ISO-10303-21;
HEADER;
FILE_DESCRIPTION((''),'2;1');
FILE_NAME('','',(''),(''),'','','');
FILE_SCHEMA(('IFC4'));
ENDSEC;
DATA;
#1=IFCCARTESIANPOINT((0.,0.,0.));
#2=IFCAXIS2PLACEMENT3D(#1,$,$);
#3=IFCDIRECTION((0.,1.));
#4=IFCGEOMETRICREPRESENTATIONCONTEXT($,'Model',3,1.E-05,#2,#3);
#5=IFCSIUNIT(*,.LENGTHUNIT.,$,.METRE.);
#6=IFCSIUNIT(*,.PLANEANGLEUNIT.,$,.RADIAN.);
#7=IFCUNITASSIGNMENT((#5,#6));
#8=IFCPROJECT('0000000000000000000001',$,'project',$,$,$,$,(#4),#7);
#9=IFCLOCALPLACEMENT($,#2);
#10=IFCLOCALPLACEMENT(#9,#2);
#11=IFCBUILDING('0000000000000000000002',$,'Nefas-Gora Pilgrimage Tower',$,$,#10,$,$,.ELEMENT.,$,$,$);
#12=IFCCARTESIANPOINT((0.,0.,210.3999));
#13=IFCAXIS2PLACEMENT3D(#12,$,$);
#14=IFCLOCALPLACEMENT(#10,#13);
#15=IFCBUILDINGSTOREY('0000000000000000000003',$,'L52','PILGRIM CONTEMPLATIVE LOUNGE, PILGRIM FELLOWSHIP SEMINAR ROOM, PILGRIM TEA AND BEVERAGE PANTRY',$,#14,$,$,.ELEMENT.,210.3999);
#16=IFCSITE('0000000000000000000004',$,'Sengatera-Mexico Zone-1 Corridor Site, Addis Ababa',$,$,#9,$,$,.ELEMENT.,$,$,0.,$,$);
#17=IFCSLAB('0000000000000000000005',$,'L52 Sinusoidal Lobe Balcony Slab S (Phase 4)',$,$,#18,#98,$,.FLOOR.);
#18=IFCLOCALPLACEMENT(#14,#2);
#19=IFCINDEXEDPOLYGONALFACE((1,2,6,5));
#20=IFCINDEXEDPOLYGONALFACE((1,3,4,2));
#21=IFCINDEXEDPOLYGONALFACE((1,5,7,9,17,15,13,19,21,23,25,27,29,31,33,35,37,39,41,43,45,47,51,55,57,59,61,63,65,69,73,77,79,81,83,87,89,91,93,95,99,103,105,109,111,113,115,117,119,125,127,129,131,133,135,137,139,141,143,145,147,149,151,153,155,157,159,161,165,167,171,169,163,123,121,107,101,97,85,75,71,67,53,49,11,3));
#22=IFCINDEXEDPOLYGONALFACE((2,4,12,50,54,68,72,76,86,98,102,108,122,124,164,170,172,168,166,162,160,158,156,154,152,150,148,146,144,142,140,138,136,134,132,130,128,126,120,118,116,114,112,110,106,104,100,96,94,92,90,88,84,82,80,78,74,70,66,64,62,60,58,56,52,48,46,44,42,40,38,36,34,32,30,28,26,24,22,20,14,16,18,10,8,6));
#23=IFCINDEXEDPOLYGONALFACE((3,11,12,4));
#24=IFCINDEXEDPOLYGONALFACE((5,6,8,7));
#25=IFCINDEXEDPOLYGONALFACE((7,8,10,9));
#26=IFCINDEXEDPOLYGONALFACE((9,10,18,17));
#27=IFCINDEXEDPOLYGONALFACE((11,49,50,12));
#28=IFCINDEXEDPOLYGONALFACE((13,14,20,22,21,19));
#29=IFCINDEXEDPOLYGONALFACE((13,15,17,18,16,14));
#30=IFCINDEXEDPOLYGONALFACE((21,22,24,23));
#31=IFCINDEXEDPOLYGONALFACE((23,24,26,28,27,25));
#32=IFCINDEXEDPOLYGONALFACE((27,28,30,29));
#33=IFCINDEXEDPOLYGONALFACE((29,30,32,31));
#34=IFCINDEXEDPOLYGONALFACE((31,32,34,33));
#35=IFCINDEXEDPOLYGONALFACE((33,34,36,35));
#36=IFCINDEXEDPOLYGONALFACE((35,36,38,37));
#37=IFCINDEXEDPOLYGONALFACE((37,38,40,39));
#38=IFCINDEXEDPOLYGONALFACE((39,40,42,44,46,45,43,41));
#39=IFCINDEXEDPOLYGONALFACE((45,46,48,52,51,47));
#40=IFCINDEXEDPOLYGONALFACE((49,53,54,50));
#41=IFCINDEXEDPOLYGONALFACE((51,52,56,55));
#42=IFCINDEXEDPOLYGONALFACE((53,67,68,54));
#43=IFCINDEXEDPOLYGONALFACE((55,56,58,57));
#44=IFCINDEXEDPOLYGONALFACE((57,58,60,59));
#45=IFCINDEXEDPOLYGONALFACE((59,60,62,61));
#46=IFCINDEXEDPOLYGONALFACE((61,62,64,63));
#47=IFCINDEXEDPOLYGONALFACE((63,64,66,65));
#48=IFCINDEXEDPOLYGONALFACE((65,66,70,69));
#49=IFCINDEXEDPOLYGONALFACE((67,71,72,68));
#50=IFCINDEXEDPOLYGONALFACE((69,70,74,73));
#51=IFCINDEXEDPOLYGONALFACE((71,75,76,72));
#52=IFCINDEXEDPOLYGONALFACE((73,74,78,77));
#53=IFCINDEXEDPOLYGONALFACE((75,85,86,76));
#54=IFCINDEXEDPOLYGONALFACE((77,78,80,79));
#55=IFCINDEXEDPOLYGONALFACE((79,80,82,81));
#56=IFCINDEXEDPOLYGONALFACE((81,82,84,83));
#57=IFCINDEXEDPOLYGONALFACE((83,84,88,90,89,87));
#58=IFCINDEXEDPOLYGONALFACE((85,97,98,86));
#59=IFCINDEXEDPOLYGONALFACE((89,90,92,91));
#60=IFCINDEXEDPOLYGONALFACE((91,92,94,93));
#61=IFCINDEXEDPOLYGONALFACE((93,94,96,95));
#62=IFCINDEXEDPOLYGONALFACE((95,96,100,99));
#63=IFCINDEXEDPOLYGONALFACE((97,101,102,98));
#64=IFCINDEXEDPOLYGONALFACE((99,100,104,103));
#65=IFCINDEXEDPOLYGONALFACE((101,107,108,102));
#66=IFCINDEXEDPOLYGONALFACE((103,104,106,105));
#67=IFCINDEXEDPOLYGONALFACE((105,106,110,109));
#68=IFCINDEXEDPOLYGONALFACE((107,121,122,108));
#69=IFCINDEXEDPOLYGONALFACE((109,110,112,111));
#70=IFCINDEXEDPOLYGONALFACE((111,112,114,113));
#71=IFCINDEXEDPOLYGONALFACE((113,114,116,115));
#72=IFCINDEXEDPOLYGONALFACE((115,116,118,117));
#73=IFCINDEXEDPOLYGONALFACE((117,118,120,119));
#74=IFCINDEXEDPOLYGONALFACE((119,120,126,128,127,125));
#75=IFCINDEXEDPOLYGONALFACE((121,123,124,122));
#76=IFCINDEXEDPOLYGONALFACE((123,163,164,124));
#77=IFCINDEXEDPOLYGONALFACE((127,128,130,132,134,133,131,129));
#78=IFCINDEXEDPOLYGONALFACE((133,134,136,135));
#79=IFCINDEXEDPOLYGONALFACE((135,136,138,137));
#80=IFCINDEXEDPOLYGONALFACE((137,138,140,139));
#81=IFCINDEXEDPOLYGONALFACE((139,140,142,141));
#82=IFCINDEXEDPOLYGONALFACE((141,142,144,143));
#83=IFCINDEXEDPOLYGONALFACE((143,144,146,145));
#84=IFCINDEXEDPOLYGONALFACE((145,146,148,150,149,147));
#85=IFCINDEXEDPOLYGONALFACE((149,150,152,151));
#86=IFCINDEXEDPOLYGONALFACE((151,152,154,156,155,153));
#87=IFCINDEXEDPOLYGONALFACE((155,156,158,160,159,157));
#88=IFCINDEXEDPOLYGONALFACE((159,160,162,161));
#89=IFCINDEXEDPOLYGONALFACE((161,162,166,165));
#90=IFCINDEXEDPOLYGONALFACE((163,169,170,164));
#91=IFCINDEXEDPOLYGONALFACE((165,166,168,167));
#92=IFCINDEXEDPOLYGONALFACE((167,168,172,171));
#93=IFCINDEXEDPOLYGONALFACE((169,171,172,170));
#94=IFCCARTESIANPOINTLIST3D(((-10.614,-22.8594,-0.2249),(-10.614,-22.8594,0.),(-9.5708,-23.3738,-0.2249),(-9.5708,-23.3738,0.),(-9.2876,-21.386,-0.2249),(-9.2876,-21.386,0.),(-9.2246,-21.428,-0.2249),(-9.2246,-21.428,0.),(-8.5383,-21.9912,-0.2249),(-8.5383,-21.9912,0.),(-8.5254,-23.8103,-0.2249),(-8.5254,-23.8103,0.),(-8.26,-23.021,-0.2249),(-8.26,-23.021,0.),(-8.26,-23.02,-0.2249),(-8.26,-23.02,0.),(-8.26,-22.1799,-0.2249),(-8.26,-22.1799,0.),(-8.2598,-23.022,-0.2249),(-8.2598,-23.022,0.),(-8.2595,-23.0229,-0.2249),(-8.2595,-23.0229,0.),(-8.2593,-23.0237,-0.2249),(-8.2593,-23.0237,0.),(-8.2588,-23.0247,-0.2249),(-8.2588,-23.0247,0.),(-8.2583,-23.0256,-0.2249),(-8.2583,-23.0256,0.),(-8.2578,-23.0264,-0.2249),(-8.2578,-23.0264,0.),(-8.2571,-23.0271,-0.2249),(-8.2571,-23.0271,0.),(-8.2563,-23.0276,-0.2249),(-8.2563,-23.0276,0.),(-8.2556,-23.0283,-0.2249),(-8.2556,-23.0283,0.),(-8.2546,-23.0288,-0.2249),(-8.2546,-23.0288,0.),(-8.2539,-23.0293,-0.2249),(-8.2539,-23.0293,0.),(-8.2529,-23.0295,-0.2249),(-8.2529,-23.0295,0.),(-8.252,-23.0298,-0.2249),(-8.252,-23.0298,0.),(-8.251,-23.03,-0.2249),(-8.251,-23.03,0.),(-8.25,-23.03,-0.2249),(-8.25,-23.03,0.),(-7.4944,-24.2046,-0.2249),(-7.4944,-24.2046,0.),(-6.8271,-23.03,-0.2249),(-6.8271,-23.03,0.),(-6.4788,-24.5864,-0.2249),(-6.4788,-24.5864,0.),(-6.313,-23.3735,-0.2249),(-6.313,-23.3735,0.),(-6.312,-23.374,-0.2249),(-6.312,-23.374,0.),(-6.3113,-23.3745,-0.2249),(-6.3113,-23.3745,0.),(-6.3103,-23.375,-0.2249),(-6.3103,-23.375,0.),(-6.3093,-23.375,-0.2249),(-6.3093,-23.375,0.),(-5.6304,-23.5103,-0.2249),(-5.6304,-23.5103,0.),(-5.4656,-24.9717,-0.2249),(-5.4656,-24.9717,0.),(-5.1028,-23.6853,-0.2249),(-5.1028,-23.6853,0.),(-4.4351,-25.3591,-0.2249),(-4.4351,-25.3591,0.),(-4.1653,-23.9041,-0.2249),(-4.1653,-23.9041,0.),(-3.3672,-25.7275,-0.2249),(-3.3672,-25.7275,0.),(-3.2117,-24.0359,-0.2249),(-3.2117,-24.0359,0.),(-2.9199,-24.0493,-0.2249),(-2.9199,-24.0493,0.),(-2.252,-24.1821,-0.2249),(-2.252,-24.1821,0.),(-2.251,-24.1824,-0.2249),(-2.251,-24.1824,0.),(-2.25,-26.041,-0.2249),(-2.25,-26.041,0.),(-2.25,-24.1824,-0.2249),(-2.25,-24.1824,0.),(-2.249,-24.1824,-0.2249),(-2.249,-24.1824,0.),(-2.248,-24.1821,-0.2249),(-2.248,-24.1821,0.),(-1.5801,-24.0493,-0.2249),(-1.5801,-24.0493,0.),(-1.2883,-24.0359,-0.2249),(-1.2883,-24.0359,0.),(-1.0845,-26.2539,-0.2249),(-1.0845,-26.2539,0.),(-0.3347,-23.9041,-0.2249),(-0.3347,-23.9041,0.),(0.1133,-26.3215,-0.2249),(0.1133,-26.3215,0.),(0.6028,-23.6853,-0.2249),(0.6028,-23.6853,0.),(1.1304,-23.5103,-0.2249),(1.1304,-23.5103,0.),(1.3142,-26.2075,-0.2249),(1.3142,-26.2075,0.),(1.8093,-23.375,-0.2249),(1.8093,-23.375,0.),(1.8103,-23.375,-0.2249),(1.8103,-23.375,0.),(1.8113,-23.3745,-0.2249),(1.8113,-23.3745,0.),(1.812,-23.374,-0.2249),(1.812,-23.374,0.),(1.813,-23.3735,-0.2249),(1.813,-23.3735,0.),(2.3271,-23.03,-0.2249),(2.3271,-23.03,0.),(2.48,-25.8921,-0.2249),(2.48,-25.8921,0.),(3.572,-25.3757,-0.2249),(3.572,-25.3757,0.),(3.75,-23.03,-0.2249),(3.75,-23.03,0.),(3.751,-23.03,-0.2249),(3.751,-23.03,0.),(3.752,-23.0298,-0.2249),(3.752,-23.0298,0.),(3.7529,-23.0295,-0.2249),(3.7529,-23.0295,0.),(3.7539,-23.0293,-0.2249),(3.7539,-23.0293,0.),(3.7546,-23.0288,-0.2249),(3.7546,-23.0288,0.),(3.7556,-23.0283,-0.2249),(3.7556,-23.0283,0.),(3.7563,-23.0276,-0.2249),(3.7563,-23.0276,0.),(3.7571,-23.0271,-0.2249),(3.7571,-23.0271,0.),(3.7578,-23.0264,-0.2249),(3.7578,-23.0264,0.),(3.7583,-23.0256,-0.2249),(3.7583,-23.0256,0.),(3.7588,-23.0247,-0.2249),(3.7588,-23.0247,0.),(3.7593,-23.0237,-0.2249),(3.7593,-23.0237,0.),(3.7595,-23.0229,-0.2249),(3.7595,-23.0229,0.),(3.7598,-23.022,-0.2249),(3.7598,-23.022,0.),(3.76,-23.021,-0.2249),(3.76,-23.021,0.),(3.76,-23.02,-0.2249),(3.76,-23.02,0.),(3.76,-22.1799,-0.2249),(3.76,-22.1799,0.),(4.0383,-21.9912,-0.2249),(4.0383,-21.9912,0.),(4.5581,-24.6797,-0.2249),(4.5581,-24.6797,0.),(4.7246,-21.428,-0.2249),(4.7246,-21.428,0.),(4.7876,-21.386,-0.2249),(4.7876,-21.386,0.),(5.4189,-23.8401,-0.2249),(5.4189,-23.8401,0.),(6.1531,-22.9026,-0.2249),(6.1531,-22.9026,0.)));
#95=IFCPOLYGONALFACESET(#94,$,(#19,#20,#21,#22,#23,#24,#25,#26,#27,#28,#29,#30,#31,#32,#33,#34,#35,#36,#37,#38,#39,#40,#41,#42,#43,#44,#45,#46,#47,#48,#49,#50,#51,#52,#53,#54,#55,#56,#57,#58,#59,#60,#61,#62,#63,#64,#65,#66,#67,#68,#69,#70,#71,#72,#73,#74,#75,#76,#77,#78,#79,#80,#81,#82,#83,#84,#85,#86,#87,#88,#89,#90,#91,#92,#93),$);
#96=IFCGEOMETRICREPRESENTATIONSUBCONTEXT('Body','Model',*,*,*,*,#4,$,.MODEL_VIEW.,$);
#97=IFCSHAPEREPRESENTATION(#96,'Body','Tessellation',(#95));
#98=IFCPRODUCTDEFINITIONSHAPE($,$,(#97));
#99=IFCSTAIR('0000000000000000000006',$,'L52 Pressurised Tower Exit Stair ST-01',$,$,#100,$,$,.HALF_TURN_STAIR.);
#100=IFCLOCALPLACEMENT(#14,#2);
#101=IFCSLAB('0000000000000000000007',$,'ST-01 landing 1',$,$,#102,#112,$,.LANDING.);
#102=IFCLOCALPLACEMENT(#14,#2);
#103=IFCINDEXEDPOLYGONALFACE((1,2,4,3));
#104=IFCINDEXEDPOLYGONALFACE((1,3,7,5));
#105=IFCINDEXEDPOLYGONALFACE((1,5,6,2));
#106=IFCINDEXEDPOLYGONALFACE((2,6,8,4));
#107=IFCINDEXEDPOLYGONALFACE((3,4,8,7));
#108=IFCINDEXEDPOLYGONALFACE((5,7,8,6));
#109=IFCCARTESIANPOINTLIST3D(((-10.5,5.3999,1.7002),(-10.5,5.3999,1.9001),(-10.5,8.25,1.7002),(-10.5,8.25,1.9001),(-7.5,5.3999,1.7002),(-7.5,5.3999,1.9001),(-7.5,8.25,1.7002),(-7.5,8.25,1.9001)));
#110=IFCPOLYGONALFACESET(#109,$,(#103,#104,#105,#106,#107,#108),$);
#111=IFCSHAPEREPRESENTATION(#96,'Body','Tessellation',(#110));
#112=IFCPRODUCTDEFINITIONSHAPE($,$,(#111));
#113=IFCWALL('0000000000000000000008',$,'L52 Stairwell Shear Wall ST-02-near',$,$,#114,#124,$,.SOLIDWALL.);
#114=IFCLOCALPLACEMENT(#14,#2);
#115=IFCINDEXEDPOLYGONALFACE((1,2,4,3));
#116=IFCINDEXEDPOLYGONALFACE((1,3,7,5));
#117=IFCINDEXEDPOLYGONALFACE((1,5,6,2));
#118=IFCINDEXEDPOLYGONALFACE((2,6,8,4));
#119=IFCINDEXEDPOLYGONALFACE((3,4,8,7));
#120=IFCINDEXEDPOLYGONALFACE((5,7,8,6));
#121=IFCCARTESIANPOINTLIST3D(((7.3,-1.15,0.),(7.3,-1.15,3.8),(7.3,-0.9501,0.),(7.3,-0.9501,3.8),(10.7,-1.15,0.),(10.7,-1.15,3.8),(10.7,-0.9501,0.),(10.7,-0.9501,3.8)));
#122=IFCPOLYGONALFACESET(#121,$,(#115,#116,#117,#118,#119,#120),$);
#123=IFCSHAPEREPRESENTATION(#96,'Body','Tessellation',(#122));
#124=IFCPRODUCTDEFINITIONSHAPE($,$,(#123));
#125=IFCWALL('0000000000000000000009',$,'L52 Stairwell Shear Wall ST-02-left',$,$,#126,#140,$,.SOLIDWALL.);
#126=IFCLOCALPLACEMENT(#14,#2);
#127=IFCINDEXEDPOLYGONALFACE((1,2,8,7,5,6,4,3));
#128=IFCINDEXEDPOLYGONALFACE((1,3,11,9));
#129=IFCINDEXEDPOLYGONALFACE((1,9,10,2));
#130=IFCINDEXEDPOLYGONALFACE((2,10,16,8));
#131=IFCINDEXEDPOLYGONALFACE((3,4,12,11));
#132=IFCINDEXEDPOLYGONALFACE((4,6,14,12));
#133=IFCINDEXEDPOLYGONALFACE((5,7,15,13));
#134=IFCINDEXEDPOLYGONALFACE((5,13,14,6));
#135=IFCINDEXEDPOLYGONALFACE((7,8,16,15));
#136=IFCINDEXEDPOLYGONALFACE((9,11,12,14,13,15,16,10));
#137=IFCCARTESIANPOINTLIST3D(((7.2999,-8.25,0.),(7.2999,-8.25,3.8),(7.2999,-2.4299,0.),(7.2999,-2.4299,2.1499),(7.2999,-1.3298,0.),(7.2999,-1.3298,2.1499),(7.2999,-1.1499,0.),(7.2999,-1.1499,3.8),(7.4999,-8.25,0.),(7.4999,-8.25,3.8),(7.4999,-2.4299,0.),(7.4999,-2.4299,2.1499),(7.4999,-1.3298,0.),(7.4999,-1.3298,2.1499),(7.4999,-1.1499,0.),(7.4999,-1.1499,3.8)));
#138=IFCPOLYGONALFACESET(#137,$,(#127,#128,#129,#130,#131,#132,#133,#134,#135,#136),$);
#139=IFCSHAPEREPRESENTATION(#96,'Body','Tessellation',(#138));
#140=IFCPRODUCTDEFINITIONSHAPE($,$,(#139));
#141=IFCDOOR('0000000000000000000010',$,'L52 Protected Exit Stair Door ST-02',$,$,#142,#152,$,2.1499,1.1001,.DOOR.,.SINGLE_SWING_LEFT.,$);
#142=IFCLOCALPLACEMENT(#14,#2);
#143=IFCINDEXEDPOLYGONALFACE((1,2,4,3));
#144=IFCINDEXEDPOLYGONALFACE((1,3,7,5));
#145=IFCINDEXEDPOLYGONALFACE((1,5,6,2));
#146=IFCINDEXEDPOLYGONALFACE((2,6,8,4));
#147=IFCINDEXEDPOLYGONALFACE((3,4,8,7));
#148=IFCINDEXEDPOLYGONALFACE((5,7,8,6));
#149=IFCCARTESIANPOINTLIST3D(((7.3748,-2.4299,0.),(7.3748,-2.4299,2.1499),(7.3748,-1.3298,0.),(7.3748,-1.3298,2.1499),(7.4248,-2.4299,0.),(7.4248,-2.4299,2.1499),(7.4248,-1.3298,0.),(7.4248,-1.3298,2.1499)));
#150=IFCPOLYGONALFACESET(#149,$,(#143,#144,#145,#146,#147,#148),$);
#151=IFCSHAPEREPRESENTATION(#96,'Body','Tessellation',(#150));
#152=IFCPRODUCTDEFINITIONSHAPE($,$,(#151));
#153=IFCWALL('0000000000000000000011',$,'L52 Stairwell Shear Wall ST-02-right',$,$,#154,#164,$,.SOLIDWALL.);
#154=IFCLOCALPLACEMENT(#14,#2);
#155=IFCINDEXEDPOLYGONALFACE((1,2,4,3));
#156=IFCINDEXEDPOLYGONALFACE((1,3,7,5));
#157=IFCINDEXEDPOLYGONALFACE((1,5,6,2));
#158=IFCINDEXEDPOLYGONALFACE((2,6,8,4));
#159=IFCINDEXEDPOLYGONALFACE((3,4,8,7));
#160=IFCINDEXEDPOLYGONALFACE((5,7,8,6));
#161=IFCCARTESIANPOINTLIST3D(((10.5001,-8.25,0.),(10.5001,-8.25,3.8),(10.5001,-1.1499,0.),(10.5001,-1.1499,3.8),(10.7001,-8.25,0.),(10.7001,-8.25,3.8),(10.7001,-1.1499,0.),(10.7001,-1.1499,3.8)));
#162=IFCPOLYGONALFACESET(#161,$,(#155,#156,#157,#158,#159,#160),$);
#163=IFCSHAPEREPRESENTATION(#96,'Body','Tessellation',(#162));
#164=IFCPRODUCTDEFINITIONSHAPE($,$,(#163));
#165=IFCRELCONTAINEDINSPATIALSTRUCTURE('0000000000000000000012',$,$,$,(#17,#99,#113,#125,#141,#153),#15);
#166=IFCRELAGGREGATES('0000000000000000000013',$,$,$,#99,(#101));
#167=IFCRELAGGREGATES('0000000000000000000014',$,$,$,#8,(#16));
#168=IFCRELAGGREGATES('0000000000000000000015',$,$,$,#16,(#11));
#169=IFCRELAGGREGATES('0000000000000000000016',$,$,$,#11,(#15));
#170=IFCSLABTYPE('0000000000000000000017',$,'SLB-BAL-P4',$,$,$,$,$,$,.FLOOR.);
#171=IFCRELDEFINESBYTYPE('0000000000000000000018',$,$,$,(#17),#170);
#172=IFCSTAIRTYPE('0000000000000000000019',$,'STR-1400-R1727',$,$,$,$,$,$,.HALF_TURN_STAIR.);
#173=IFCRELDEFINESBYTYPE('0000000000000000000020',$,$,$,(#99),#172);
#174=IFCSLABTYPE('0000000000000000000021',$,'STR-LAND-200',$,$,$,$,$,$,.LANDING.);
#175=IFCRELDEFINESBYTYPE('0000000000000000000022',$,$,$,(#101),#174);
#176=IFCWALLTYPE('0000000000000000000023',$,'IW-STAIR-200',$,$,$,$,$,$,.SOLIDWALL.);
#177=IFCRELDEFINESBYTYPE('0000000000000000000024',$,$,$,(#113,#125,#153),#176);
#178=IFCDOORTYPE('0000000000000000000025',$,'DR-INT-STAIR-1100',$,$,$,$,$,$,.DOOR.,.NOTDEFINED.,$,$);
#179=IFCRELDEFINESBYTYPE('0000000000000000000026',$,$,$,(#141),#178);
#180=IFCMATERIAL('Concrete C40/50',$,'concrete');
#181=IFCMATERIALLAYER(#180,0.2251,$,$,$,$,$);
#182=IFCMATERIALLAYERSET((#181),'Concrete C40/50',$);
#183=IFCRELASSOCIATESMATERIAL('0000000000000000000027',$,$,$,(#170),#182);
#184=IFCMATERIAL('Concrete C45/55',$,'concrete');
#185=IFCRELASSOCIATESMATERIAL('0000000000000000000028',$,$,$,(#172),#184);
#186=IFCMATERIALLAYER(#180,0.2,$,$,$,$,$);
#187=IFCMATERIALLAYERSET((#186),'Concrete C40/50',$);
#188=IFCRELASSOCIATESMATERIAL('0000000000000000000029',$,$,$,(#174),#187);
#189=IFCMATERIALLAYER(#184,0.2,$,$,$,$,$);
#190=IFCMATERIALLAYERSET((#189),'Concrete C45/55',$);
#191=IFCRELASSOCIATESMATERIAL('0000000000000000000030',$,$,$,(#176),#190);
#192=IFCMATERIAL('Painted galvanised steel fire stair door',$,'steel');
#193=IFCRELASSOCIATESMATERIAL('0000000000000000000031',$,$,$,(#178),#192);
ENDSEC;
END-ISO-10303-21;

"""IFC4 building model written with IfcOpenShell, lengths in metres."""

from ifc_helpers import new_model, si_unit, direction, frame, frame_2d, origin, place, context, subcontext, project, spatial, polyline, rectangle, outline, extrude, source, transform, mapped, material, layer, layer_set, type_object, element, fill, aggregate, save


model = new_model("IFC4")

# Units and contexts
model_context = context("Model", 3, precision=1e-05, world=origin(), true_north=direction((0.0, 1.0)))
body_context = subcontext(model_context, "Body", "Model", "MODEL_VIEW")
ifc_project = project(units=[si_unit("LENGTHUNIT", "METRE"), si_unit("PLANEANGLEUNIT", "RADIAN")], contexts=[model_context])

# Site, building, storey
site_placement = place(None, origin())
site = spatial("IfcSite", under=ifc_project, at=site_placement, Name="Sengatera-Mexico Zone-1 Corridor Site, Addis Ababa", CompositionType="ELEMENT", RefElevation=0.0)
building_placement = place(site_placement, origin())
building = spatial("IfcBuilding", under=site, at=building_placement, Name="Nefas-Gora Pilgrimage Tower", CompositionType="ELEMENT")
storey_placement = place(building_placement, frame((0.0, 0.0, 210.3999)))
storey = spatial("IfcBuildingStorey", under=building, at=storey_placement, Name="L52", Description="PILGRIM CONTEMPLATIVE LOUNGE, PILGRIM FELLOWSHIP SEMINAR ROOM, PILGRIM TEA AND BEVERAGE PANTRY", CompositionType="ELEMENT", Elevation=210.3999)

# Slab
ifc_material_1 = material(Name="Concrete C40/50", Category="concrete")
ifc_layer_1 = layer(ifc_material_1, 0.2251)
ifc_layer_set_1 = layer_set([ifc_layer_1], Name="Concrete C40/50")
slab_type_1 = type_object("IfcSlabType", Name="SLB-BAL-P4", PredefinedType="FLOOR", material=ifc_layer_set_1)
slab_1_placement = place(storey_placement, frame((0.0, 0.0, -0.2249)))
element("IfcSlab", 1, at=slab_1_placement, inside=storey, type_object=slab_type_1, Name="L52 Sinusoidal Lobe Balcony Slab S (Phase 4)", PredefinedType="FLOOR", context=body_context, shape_type="SweptSolid", body=[
    extrude(outline(polyline([(4.7876, -21.386), (4.7246, -21.428), (4.0383, -21.9912), (3.76, -22.1799), (3.76, -23.02), (3.76, -23.021), (3.7598, -23.022), (3.7595, -23.0229), (3.7593, -23.0237), (3.7588, -23.0247), (3.7583, -23.0256), (3.7578, -23.0264), (3.7571, -23.0271), (3.7563, -23.0276), (3.7556, -23.0283), (3.7546, -23.0288), (3.7539, -23.0293), (3.7529, -23.0295), (3.752, -23.0298), (3.751, -23.03), (3.75, -23.03), (2.3271, -23.03), (1.813, -23.3735), (1.812, -23.374), (1.8113, -23.3745), (1.8103, -23.375), (1.8093, -23.375), (1.1304, -23.5103), (0.6028, -23.6853), (-0.3347, -23.9041), (-1.2883, -24.0359), (-1.5801, -24.0493), (-2.248, -24.1821), (-2.249, -24.1824), (-2.25, -24.1824), (-2.251, -24.1824), (-2.252, -24.1821), (-2.9199, -24.0493), (-3.2117, -24.0359), (-4.1653, -23.9041), (-5.1028, -23.6853), (-5.6304, -23.5103), (-6.3093, -23.375), (-6.3103, -23.375), (-6.3113, -23.3745), (-6.312, -23.374), (-6.313, -23.3735), (-6.8271, -23.03), (-8.25, -23.03), (-8.251, -23.03), (-8.252, -23.0298), (-8.2529, -23.0295), (-8.2539, -23.0293), (-8.2546, -23.0288), (-8.2556, -23.0283), (-8.2563, -23.0276), (-8.2571, -23.0271), (-8.2578, -23.0264), (-8.2583, -23.0256), (-8.2588, -23.0247), (-8.2593, -23.0237), (-8.2595, -23.0229), (-8.2598, -23.022), (-8.26, -23.021), (-8.26, -23.02), (-8.26, -22.1799), (-8.5383, -21.9912), (-9.2246, -21.428), (-9.2876, -21.386), (-10.614, -22.8594), (-9.5708, -23.3738), (-8.5254, -23.8103), (-7.4944, -24.2046), (-6.4788, -24.5864), (-5.4656, -24.9717), (-4.4351, -25.3591), (-3.3672, -25.7275), (-2.25, -26.041), (-1.0845, -26.2539), (0.1133, -26.3215), (1.3142, -26.2075), (2.48, -25.8921), (3.572, -25.3757), (4.5581, -24.6797), (5.4189, -23.8401), (6.1531, -22.9026), (4.7876, -21.386)])), origin(), (0.0, 0.0, 1.0), 0.2249),
])

# Stair, slab
ifc_material_2 = material(Name="Concrete C45/55", Category="concrete")
stair_type = type_object("IfcStairType", Name="STR-1400-R1727", PredefinedType="HALF_TURN_STAIR", material=ifc_material_2)
stair_1_placement = place(storey_placement, origin())
stair_1 = element("IfcStair", 2, at=stair_1_placement, inside=storey, type_object=stair_type, Name="L52 Pressurised Tower Exit Stair ST-01", PredefinedType="HALF_TURN_STAIR")
ifc_layer_2 = layer(ifc_material_1, 0.2)
ifc_layer_set_2 = layer_set([ifc_layer_2], Name="Concrete C40/50")
slab_type_2 = type_object("IfcSlabType", Name="STR-LAND-200", PredefinedType="LANDING", material=ifc_layer_set_2)
slab_2_placement = place(storey_placement, frame((0.0, 0.0, 1.7002)))
slab_2 = element("IfcSlab", 3, at=slab_2_placement, type_object=slab_type_2, Name="ST-01 landing 1", PredefinedType="LANDING", context=body_context, shape_type="SweptSolid", body=[
    extrude(outline(polyline([(-7.5, 5.3999), (-7.5, 8.25), (-10.5, 8.25), (-10.5, 5.3999), (-7.5, 5.3999)])), origin(), (0.0, 0.0, 1.0), 0.2),
])
aggregate(stair_1, [slab_2])

# Wall
ifc_layer_3 = layer(ifc_material_2, 0.2)
ifc_layer_set_3 = layer_set([ifc_layer_3], Name="Concrete C45/55")
wall_type_1 = type_object("IfcWallType", Name="IW-STAIR-200", PredefinedType="SOLIDWALL", material=ifc_layer_set_3)
shared_shape_1 = source(origin(), body_context, "Body", "SweptSolid", [
    extrude(rectangle(XDim=3.3999, YDim=0.2, at=frame_2d((1.7, 0.0))), origin(), (0.0, 0.0, 1.0), 3.8),
])
wall_1_placement = place(storey_placement, frame((7.3, -1.05, 0.0), z_axis=(0.0, 0.0, 1.0), x_axis=(1.0, 0.0, 0.0)))
element("IfcWall", 4, at=wall_1_placement, inside=storey, type_object=wall_type_1, Name="L52 Stairwell Shear Wall ST-02-near", PredefinedType="SOLIDWALL", context=body_context, shape_type="MappedRepresentation", body=[
    mapped(shared_shape_1, transform((0.0, 0.0, 0.0), x_axis=(1.0, 0.0, 0.0), y_axis=(0.0, 1.0, 0.0), z_axis=(0.0, 0.0, 1.0), scale=1.0)),
])

# Wall, opening, door
shared_shape_2 = source(origin(), body_context, "Body", "SweptSolid", [
    extrude(rectangle(XDim=7.1001, YDim=0.2, at=frame_2d((3.55, 0.0))), origin(), (0.0, 0.0, 1.0), 3.8),
])
wall_2_placement = place(storey_placement, frame((7.3999, -1.1499, 0.0), z_axis=(0.0, 0.0, 1.0), x_axis=(0.0, -1.0, 0.0)))
wall_2 = element("IfcWall", 5, at=wall_2_placement, inside=storey, type_object=wall_type_1, Name="L52 Stairwell Shear Wall ST-02-left", PredefinedType="SOLIDWALL", context=body_context, shape_type="MappedRepresentation", body=[
    mapped(shared_shape_2, transform((0.0, 0.0, 0.0), x_axis=(1.0, 0.0, 0.0), y_axis=(0.0, 1.0, 0.0), z_axis=(0.0, 0.0, 1.0), scale=1.0)),
])
opening_1_placement = place(wall_2_placement, frame((0.1799, 0.0, 0.0)))
opening_1 = element("IfcOpeningElement", 6, at=opening_1_placement, cuts=wall_2, PredefinedType="OPENING", context=body_context, shape_type="SweptSolid", body=[
    extrude(rectangle(XDim=1.1001, YDim=2.1499, at=frame_2d((0.55, 1.075))), frame((0.0, 0.1099, 0.0), z_axis=(0.0, -1.0, 0.0), x_axis=(1.0, 0.0, 0.0)), (0.0, 0.0, 1.0), 0.22),
])
ifc_material_3 = material(Name="Painted galvanised steel fire stair door", Category="steel")
door_type_1 = type_object("IfcDoorType", Name="DR-INT-STAIR-1100", OperationType="NOTDEFINED", PredefinedType="DOOR", material=ifc_material_3)
shared_shape_3 = source(origin(), body_context, "Body", "SweptSolid", [
    extrude(rectangle(XDim=1.1001, YDim=2.1499, at=frame_2d((0.55, 1.075))), frame((0.0, 0.0249, 0.0), z_axis=(0.0, -1.0, 0.0), x_axis=(1.0, 0.0, 0.0)), (0.0, 0.0, 1.0), 0.05),
])
door_1_placement = place(opening_1_placement, origin())
door_1 = element("IfcDoor", 7, at=door_1_placement, inside=storey, type_object=door_type_1, Name="L52 Protected Exit Stair Door ST-02", OperationType="SINGLE_SWING_LEFT", OverallHeight=2.1499, OverallWidth=1.1001, PredefinedType="DOOR", context=body_context, shape_type="MappedRepresentation", body=[
    mapped(shared_shape_3, transform((0.0, 0.0, 0.0), x_axis=(1.0, 0.0, 0.0), y_axis=(0.0, 1.0, 0.0), z_axis=(0.0, 0.0, 1.0), scale=1.0)),
])
fill(opening_1, door_1)

# Wall
wall_3_placement = place(storey_placement, frame((10.6001, -1.1499, 0.0), z_axis=(0.0, 0.0, 1.0), x_axis=(0.0, -1.0, 0.0)))
element("IfcWall", 8, at=wall_3_placement, inside=storey, type_object=wall_type_1, Name="L52 Stairwell Shear Wall ST-02-right", PredefinedType="SOLIDWALL", context=body_context, shape_type="MappedRepresentation", body=[
    mapped(shared_shape_2, transform((0.0, 0.0, 0.0), x_axis=(1.0, 0.0, 0.0), y_axis=(0.0, 1.0, 0.0), z_axis=(0.0, 0.0, 1.0), scale=1.0)),
])

save(model, "model.ifc")
